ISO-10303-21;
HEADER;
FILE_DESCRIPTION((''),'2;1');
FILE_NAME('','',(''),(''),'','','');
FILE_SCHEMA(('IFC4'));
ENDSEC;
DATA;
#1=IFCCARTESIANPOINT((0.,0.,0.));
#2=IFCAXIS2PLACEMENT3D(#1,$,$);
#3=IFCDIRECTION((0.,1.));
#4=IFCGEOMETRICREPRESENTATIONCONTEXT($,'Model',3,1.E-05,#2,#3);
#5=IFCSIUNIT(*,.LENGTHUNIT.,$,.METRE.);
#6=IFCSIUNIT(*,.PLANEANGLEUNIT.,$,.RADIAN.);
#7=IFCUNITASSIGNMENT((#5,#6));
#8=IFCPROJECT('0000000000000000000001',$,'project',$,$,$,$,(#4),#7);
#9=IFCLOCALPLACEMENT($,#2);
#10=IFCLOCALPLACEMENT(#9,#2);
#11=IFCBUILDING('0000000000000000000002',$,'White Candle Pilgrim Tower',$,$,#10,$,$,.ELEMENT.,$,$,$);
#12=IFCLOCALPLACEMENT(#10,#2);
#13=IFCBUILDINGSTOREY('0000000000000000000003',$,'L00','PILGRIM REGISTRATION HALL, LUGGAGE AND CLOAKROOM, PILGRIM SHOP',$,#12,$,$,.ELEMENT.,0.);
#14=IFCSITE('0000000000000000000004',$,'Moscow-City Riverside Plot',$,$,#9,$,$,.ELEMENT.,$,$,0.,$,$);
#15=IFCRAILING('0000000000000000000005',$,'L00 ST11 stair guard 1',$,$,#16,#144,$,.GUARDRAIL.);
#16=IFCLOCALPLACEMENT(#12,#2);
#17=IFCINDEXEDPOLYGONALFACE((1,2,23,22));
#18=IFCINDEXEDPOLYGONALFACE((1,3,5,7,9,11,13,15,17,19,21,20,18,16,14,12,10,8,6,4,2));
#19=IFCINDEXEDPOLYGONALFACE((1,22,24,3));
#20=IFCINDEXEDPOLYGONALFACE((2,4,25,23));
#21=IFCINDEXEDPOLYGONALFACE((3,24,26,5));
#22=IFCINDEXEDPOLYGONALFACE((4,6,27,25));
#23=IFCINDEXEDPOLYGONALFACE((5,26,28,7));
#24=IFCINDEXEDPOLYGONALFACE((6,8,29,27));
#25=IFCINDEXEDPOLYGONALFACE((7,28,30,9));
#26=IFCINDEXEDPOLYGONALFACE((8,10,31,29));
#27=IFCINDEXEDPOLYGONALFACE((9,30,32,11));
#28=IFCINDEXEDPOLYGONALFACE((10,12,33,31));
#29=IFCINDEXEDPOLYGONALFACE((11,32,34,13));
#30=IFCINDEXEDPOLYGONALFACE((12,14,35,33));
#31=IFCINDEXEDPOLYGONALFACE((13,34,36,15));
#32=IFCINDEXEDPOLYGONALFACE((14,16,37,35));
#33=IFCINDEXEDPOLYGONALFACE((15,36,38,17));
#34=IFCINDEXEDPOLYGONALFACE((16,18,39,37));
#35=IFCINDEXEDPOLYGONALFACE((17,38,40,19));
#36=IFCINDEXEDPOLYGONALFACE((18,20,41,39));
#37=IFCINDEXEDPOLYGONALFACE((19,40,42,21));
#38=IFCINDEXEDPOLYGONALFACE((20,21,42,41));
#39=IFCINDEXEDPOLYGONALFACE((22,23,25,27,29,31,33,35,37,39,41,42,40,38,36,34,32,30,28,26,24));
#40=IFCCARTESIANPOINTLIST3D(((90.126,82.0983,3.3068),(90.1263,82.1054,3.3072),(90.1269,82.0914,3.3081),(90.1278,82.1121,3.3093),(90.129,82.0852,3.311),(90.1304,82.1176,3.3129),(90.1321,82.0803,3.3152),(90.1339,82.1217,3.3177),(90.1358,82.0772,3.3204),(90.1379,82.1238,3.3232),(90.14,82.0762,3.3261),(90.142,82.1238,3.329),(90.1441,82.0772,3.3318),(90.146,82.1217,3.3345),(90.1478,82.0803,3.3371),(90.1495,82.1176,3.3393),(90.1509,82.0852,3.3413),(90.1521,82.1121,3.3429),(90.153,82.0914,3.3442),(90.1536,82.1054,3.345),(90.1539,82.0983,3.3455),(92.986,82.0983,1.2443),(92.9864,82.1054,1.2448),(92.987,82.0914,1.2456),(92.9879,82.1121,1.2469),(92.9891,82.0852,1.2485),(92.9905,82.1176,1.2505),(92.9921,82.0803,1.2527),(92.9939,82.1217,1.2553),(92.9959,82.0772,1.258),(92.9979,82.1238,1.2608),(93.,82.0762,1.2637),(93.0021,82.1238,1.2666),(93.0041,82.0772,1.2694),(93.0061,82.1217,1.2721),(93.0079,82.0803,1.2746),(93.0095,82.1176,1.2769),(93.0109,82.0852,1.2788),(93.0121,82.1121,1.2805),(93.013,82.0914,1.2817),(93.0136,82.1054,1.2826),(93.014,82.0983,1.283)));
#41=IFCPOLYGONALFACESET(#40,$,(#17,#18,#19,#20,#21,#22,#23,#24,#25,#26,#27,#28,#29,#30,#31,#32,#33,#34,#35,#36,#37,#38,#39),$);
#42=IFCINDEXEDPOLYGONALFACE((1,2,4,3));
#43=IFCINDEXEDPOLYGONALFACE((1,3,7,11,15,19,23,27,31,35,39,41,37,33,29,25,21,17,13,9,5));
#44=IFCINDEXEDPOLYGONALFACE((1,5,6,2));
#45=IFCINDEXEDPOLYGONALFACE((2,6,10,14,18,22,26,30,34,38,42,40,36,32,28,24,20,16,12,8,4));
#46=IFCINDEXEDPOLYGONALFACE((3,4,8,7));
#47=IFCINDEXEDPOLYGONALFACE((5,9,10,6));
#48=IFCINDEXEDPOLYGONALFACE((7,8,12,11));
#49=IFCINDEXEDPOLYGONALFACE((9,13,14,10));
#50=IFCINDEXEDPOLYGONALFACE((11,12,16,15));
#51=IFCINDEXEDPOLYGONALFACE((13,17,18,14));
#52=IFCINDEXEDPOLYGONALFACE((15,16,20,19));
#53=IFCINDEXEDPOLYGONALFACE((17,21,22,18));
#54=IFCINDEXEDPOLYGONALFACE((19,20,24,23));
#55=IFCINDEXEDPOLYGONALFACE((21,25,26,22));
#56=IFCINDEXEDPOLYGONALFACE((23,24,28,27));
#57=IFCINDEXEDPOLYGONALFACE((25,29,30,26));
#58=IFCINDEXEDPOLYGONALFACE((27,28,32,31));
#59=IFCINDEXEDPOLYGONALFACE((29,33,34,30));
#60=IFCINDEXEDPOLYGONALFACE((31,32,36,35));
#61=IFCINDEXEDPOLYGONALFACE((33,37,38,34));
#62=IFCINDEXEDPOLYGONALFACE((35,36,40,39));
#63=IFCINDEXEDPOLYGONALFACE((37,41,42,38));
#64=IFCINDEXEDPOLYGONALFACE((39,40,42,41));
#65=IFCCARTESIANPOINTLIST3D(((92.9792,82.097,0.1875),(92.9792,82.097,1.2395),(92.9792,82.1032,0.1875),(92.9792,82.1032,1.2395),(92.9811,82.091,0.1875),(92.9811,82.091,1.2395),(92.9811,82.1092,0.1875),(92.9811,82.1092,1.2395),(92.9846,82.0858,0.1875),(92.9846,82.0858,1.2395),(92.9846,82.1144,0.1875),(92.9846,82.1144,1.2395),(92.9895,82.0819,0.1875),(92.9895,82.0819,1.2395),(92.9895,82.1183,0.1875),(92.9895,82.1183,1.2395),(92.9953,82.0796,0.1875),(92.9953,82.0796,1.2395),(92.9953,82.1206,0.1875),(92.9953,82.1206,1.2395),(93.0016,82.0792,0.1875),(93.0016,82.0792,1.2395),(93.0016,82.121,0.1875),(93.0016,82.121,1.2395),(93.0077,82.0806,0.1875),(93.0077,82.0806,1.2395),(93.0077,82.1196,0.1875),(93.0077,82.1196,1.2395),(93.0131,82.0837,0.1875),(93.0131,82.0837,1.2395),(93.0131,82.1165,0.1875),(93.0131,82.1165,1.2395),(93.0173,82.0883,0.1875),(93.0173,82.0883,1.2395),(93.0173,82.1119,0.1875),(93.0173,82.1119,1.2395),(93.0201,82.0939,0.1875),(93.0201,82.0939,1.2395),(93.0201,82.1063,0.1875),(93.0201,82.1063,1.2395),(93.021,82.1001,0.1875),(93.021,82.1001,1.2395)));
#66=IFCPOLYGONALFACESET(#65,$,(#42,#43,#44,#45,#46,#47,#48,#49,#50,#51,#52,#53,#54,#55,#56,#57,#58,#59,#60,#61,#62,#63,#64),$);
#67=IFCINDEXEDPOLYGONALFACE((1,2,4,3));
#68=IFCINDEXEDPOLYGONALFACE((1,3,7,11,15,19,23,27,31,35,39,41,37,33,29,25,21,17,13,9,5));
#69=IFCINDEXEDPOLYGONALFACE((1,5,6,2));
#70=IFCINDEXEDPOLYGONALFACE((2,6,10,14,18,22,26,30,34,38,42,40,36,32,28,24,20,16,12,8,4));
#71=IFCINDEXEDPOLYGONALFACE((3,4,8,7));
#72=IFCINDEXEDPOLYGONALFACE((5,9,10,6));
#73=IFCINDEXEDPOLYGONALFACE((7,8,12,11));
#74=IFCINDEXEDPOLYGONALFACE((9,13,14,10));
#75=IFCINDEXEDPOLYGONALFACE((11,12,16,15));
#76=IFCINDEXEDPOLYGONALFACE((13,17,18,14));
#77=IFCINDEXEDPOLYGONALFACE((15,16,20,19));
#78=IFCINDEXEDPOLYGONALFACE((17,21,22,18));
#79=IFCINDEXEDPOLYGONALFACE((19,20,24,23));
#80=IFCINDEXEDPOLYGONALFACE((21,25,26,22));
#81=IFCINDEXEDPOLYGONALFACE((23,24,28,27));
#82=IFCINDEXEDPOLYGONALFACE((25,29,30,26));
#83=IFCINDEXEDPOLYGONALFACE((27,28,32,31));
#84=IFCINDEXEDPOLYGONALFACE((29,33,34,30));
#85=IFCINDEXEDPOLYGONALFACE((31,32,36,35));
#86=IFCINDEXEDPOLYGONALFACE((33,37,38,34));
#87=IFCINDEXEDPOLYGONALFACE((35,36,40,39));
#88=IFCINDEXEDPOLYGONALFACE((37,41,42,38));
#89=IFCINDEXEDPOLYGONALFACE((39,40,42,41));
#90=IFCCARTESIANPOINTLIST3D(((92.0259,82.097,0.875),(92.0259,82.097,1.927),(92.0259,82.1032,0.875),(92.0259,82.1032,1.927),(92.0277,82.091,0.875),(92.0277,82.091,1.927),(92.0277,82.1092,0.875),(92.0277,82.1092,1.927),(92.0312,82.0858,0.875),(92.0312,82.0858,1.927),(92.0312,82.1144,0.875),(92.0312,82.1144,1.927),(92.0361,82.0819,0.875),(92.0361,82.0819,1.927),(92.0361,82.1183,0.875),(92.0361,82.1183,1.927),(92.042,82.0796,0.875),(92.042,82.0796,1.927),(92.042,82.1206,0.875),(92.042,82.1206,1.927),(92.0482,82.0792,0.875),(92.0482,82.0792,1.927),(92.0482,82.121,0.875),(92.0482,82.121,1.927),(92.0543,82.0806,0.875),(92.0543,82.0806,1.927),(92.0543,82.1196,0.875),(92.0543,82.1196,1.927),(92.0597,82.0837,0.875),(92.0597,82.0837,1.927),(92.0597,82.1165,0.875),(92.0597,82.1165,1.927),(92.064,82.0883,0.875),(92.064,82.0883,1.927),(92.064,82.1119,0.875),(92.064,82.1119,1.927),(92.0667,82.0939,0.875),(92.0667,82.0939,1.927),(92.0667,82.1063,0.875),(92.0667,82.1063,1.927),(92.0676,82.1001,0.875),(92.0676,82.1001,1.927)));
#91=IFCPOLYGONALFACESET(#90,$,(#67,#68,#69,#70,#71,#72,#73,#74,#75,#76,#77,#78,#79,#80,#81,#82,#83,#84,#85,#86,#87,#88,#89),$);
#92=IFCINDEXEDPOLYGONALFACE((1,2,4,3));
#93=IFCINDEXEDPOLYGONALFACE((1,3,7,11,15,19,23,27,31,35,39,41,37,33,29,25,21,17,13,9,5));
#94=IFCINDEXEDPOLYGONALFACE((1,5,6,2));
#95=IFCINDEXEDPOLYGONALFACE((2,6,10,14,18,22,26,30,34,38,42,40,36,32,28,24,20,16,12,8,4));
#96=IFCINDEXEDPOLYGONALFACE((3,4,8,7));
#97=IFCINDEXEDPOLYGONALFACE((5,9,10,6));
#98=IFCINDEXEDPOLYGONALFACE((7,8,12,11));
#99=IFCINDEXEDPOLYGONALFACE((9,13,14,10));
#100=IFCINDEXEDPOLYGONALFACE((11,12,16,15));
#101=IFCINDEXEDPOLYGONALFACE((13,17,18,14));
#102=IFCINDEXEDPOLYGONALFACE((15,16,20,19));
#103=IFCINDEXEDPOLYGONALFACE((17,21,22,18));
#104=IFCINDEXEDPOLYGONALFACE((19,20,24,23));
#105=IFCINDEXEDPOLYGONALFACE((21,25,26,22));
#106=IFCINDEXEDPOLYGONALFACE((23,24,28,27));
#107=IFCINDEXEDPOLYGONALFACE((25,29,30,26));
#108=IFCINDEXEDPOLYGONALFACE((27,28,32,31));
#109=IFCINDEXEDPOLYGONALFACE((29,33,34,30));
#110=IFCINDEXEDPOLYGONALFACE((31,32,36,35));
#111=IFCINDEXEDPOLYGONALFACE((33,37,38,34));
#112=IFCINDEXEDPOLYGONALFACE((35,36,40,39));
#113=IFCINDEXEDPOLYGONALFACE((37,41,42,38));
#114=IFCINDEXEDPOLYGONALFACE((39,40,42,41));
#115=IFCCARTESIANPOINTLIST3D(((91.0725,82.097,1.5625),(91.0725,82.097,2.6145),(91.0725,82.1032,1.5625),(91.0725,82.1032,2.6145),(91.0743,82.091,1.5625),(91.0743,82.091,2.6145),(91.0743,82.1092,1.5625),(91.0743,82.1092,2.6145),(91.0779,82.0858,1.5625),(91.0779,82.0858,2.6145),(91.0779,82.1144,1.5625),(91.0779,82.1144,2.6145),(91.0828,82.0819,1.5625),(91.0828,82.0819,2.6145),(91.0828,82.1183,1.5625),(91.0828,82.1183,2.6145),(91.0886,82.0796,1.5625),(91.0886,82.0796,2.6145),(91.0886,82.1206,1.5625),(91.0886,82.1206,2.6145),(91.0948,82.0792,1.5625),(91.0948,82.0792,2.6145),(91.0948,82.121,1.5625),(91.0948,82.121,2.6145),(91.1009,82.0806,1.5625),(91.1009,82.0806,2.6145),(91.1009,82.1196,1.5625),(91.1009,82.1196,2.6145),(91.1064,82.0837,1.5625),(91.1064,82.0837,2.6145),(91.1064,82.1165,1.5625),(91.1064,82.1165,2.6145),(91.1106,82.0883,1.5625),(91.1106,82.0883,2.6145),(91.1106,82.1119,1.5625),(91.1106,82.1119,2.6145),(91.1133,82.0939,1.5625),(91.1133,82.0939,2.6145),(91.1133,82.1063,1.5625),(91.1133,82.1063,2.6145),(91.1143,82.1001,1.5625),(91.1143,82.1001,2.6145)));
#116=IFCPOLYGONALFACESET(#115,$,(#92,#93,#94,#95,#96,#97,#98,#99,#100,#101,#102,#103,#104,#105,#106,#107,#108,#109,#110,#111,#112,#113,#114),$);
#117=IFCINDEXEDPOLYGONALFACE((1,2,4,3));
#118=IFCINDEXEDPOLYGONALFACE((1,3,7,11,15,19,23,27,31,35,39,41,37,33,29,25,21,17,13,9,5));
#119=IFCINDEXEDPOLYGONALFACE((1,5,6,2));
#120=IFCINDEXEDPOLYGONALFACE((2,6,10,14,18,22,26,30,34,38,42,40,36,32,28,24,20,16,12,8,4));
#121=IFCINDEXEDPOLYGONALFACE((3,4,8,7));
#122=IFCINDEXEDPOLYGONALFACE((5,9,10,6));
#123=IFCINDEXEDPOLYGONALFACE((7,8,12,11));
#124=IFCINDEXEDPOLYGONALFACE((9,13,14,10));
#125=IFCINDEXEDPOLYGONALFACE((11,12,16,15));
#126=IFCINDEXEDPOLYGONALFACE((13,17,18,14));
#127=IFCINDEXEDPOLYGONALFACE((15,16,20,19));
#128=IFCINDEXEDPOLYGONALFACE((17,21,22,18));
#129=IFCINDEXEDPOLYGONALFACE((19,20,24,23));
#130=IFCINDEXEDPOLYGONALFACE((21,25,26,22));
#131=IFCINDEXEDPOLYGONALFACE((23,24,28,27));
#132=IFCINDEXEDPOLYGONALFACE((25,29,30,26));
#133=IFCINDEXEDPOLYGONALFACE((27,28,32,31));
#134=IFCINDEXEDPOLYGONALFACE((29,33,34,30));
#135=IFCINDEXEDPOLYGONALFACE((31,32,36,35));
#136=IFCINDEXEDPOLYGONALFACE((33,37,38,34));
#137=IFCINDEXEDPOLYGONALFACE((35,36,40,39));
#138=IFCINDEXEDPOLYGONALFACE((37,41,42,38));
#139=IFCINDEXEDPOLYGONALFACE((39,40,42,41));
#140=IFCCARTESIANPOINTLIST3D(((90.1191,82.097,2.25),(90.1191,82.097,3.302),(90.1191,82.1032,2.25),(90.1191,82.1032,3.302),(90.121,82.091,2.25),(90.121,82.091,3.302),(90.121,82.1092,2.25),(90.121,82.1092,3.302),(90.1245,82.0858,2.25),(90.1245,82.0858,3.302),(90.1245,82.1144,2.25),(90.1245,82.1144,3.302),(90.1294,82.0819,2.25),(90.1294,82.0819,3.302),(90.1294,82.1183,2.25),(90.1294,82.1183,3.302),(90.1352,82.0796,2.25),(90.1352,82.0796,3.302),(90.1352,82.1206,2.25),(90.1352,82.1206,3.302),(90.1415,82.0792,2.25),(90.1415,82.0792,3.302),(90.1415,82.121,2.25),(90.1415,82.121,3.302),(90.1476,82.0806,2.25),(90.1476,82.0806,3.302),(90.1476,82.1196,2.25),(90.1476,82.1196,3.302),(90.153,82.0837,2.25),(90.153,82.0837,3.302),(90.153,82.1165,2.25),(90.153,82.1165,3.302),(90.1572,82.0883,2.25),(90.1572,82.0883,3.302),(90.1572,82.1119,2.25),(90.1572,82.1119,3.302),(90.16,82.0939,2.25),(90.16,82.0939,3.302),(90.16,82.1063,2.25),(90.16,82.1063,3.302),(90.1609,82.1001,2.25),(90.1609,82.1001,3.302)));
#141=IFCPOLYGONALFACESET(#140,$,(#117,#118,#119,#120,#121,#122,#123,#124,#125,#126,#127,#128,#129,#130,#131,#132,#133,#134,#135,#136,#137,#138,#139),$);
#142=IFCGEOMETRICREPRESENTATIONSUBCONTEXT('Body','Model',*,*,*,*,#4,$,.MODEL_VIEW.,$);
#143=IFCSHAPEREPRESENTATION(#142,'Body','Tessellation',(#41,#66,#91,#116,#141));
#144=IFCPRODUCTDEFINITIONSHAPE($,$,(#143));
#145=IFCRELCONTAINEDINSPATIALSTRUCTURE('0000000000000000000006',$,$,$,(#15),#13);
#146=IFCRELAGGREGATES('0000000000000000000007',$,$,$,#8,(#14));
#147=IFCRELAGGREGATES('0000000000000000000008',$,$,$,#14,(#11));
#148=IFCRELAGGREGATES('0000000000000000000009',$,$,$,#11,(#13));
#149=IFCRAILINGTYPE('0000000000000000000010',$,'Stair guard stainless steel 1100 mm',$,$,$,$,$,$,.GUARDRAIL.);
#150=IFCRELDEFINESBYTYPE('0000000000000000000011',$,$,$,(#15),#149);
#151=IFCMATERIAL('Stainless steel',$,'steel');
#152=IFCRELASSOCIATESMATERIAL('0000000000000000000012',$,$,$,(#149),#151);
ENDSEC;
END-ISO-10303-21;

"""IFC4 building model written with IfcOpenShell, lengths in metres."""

from ifc_helpers import new_model, si_unit, direction, frame, origin, origin_2d, place, context, subcontext, project, spatial, circle, extrude, material, type_object, element, save


model = new_model("IFC4")

# Units and contexts
model_context = context("Model", 3, precision=1e-05, world=origin(), true_north=direction((0.0, 1.0)))
body_context = subcontext(model_context, "Body", "Model", "MODEL_VIEW")
ifc_project = project(units=[si_unit("LENGTHUNIT", "METRE"), si_unit("PLANEANGLEUNIT", "RADIAN")], contexts=[model_context])

# Site, building, storey
site_placement = place(None, origin())
site = spatial("IfcSite", under=ifc_project, at=site_placement, Name="Moscow-City Riverside Plot", CompositionType="ELEMENT", RefElevation=0.0)
building_placement = place(site_placement, origin())
building = spatial("IfcBuilding", under=site, at=building_placement, Name="White Candle Pilgrim Tower", CompositionType="ELEMENT")
storey_placement = place(building_placement, origin())
storey = spatial("IfcBuildingStorey", under=building, at=storey_placement, Name="L00", Description="PILGRIM REGISTRATION HALL, LUGGAGE AND CLOAKROOM, PILGRIM SHOP", CompositionType="ELEMENT", Elevation=0.0)

# Railing
ifc_material_1 = material(Name="Stainless steel", Category="steel")
railing_type_1 = type_object("IfcRailingType", Name="Stair guard stainless steel 1100 mm", PredefinedType="GUARDRAIL", material=ifc_material_1)
railing_1_placement = place(storey_placement, frame((93.0, 82.1001, 0.1875)))
element("IfcRailing", 1, at=railing_1_placement, inside=storey, type_object=railing_type_1, Name="L00 ST11 stair guard 1", PredefinedType="GUARDRAIL", context=body_context, shape_type="SweptSolid", body=[
    extrude(circle(Radius=0.0239, at=origin_2d()), frame((0.0, 0.0, 1.0762), z_axis=(-0.811101, 0.0, 0.584906), x_axis=(0.0, -1.0, 0.0)), (0.0, 0.0, 1.0), 3.5261),
    extrude(circle(Radius=0.021, at=origin_2d()), origin(), (0.0, 0.0, 1.0), 1.052),
    extrude(circle(Radius=0.021, at=origin_2d()), frame((-0.9534, 0.0, 0.6875)), (0.0, 0.0, 1.0), 1.052),
    extrude(circle(Radius=0.021, at=origin_2d()), frame((-1.9067, 0.0, 1.375)), (0.0, 0.0, 1.0), 1.052),
    extrude(circle(Radius=0.021, at=origin_2d()), frame((-2.8601, 0.0, 2.0625)), (0.0, 0.0, 1.0), 1.052),
])

save(model, "model.ifc")
